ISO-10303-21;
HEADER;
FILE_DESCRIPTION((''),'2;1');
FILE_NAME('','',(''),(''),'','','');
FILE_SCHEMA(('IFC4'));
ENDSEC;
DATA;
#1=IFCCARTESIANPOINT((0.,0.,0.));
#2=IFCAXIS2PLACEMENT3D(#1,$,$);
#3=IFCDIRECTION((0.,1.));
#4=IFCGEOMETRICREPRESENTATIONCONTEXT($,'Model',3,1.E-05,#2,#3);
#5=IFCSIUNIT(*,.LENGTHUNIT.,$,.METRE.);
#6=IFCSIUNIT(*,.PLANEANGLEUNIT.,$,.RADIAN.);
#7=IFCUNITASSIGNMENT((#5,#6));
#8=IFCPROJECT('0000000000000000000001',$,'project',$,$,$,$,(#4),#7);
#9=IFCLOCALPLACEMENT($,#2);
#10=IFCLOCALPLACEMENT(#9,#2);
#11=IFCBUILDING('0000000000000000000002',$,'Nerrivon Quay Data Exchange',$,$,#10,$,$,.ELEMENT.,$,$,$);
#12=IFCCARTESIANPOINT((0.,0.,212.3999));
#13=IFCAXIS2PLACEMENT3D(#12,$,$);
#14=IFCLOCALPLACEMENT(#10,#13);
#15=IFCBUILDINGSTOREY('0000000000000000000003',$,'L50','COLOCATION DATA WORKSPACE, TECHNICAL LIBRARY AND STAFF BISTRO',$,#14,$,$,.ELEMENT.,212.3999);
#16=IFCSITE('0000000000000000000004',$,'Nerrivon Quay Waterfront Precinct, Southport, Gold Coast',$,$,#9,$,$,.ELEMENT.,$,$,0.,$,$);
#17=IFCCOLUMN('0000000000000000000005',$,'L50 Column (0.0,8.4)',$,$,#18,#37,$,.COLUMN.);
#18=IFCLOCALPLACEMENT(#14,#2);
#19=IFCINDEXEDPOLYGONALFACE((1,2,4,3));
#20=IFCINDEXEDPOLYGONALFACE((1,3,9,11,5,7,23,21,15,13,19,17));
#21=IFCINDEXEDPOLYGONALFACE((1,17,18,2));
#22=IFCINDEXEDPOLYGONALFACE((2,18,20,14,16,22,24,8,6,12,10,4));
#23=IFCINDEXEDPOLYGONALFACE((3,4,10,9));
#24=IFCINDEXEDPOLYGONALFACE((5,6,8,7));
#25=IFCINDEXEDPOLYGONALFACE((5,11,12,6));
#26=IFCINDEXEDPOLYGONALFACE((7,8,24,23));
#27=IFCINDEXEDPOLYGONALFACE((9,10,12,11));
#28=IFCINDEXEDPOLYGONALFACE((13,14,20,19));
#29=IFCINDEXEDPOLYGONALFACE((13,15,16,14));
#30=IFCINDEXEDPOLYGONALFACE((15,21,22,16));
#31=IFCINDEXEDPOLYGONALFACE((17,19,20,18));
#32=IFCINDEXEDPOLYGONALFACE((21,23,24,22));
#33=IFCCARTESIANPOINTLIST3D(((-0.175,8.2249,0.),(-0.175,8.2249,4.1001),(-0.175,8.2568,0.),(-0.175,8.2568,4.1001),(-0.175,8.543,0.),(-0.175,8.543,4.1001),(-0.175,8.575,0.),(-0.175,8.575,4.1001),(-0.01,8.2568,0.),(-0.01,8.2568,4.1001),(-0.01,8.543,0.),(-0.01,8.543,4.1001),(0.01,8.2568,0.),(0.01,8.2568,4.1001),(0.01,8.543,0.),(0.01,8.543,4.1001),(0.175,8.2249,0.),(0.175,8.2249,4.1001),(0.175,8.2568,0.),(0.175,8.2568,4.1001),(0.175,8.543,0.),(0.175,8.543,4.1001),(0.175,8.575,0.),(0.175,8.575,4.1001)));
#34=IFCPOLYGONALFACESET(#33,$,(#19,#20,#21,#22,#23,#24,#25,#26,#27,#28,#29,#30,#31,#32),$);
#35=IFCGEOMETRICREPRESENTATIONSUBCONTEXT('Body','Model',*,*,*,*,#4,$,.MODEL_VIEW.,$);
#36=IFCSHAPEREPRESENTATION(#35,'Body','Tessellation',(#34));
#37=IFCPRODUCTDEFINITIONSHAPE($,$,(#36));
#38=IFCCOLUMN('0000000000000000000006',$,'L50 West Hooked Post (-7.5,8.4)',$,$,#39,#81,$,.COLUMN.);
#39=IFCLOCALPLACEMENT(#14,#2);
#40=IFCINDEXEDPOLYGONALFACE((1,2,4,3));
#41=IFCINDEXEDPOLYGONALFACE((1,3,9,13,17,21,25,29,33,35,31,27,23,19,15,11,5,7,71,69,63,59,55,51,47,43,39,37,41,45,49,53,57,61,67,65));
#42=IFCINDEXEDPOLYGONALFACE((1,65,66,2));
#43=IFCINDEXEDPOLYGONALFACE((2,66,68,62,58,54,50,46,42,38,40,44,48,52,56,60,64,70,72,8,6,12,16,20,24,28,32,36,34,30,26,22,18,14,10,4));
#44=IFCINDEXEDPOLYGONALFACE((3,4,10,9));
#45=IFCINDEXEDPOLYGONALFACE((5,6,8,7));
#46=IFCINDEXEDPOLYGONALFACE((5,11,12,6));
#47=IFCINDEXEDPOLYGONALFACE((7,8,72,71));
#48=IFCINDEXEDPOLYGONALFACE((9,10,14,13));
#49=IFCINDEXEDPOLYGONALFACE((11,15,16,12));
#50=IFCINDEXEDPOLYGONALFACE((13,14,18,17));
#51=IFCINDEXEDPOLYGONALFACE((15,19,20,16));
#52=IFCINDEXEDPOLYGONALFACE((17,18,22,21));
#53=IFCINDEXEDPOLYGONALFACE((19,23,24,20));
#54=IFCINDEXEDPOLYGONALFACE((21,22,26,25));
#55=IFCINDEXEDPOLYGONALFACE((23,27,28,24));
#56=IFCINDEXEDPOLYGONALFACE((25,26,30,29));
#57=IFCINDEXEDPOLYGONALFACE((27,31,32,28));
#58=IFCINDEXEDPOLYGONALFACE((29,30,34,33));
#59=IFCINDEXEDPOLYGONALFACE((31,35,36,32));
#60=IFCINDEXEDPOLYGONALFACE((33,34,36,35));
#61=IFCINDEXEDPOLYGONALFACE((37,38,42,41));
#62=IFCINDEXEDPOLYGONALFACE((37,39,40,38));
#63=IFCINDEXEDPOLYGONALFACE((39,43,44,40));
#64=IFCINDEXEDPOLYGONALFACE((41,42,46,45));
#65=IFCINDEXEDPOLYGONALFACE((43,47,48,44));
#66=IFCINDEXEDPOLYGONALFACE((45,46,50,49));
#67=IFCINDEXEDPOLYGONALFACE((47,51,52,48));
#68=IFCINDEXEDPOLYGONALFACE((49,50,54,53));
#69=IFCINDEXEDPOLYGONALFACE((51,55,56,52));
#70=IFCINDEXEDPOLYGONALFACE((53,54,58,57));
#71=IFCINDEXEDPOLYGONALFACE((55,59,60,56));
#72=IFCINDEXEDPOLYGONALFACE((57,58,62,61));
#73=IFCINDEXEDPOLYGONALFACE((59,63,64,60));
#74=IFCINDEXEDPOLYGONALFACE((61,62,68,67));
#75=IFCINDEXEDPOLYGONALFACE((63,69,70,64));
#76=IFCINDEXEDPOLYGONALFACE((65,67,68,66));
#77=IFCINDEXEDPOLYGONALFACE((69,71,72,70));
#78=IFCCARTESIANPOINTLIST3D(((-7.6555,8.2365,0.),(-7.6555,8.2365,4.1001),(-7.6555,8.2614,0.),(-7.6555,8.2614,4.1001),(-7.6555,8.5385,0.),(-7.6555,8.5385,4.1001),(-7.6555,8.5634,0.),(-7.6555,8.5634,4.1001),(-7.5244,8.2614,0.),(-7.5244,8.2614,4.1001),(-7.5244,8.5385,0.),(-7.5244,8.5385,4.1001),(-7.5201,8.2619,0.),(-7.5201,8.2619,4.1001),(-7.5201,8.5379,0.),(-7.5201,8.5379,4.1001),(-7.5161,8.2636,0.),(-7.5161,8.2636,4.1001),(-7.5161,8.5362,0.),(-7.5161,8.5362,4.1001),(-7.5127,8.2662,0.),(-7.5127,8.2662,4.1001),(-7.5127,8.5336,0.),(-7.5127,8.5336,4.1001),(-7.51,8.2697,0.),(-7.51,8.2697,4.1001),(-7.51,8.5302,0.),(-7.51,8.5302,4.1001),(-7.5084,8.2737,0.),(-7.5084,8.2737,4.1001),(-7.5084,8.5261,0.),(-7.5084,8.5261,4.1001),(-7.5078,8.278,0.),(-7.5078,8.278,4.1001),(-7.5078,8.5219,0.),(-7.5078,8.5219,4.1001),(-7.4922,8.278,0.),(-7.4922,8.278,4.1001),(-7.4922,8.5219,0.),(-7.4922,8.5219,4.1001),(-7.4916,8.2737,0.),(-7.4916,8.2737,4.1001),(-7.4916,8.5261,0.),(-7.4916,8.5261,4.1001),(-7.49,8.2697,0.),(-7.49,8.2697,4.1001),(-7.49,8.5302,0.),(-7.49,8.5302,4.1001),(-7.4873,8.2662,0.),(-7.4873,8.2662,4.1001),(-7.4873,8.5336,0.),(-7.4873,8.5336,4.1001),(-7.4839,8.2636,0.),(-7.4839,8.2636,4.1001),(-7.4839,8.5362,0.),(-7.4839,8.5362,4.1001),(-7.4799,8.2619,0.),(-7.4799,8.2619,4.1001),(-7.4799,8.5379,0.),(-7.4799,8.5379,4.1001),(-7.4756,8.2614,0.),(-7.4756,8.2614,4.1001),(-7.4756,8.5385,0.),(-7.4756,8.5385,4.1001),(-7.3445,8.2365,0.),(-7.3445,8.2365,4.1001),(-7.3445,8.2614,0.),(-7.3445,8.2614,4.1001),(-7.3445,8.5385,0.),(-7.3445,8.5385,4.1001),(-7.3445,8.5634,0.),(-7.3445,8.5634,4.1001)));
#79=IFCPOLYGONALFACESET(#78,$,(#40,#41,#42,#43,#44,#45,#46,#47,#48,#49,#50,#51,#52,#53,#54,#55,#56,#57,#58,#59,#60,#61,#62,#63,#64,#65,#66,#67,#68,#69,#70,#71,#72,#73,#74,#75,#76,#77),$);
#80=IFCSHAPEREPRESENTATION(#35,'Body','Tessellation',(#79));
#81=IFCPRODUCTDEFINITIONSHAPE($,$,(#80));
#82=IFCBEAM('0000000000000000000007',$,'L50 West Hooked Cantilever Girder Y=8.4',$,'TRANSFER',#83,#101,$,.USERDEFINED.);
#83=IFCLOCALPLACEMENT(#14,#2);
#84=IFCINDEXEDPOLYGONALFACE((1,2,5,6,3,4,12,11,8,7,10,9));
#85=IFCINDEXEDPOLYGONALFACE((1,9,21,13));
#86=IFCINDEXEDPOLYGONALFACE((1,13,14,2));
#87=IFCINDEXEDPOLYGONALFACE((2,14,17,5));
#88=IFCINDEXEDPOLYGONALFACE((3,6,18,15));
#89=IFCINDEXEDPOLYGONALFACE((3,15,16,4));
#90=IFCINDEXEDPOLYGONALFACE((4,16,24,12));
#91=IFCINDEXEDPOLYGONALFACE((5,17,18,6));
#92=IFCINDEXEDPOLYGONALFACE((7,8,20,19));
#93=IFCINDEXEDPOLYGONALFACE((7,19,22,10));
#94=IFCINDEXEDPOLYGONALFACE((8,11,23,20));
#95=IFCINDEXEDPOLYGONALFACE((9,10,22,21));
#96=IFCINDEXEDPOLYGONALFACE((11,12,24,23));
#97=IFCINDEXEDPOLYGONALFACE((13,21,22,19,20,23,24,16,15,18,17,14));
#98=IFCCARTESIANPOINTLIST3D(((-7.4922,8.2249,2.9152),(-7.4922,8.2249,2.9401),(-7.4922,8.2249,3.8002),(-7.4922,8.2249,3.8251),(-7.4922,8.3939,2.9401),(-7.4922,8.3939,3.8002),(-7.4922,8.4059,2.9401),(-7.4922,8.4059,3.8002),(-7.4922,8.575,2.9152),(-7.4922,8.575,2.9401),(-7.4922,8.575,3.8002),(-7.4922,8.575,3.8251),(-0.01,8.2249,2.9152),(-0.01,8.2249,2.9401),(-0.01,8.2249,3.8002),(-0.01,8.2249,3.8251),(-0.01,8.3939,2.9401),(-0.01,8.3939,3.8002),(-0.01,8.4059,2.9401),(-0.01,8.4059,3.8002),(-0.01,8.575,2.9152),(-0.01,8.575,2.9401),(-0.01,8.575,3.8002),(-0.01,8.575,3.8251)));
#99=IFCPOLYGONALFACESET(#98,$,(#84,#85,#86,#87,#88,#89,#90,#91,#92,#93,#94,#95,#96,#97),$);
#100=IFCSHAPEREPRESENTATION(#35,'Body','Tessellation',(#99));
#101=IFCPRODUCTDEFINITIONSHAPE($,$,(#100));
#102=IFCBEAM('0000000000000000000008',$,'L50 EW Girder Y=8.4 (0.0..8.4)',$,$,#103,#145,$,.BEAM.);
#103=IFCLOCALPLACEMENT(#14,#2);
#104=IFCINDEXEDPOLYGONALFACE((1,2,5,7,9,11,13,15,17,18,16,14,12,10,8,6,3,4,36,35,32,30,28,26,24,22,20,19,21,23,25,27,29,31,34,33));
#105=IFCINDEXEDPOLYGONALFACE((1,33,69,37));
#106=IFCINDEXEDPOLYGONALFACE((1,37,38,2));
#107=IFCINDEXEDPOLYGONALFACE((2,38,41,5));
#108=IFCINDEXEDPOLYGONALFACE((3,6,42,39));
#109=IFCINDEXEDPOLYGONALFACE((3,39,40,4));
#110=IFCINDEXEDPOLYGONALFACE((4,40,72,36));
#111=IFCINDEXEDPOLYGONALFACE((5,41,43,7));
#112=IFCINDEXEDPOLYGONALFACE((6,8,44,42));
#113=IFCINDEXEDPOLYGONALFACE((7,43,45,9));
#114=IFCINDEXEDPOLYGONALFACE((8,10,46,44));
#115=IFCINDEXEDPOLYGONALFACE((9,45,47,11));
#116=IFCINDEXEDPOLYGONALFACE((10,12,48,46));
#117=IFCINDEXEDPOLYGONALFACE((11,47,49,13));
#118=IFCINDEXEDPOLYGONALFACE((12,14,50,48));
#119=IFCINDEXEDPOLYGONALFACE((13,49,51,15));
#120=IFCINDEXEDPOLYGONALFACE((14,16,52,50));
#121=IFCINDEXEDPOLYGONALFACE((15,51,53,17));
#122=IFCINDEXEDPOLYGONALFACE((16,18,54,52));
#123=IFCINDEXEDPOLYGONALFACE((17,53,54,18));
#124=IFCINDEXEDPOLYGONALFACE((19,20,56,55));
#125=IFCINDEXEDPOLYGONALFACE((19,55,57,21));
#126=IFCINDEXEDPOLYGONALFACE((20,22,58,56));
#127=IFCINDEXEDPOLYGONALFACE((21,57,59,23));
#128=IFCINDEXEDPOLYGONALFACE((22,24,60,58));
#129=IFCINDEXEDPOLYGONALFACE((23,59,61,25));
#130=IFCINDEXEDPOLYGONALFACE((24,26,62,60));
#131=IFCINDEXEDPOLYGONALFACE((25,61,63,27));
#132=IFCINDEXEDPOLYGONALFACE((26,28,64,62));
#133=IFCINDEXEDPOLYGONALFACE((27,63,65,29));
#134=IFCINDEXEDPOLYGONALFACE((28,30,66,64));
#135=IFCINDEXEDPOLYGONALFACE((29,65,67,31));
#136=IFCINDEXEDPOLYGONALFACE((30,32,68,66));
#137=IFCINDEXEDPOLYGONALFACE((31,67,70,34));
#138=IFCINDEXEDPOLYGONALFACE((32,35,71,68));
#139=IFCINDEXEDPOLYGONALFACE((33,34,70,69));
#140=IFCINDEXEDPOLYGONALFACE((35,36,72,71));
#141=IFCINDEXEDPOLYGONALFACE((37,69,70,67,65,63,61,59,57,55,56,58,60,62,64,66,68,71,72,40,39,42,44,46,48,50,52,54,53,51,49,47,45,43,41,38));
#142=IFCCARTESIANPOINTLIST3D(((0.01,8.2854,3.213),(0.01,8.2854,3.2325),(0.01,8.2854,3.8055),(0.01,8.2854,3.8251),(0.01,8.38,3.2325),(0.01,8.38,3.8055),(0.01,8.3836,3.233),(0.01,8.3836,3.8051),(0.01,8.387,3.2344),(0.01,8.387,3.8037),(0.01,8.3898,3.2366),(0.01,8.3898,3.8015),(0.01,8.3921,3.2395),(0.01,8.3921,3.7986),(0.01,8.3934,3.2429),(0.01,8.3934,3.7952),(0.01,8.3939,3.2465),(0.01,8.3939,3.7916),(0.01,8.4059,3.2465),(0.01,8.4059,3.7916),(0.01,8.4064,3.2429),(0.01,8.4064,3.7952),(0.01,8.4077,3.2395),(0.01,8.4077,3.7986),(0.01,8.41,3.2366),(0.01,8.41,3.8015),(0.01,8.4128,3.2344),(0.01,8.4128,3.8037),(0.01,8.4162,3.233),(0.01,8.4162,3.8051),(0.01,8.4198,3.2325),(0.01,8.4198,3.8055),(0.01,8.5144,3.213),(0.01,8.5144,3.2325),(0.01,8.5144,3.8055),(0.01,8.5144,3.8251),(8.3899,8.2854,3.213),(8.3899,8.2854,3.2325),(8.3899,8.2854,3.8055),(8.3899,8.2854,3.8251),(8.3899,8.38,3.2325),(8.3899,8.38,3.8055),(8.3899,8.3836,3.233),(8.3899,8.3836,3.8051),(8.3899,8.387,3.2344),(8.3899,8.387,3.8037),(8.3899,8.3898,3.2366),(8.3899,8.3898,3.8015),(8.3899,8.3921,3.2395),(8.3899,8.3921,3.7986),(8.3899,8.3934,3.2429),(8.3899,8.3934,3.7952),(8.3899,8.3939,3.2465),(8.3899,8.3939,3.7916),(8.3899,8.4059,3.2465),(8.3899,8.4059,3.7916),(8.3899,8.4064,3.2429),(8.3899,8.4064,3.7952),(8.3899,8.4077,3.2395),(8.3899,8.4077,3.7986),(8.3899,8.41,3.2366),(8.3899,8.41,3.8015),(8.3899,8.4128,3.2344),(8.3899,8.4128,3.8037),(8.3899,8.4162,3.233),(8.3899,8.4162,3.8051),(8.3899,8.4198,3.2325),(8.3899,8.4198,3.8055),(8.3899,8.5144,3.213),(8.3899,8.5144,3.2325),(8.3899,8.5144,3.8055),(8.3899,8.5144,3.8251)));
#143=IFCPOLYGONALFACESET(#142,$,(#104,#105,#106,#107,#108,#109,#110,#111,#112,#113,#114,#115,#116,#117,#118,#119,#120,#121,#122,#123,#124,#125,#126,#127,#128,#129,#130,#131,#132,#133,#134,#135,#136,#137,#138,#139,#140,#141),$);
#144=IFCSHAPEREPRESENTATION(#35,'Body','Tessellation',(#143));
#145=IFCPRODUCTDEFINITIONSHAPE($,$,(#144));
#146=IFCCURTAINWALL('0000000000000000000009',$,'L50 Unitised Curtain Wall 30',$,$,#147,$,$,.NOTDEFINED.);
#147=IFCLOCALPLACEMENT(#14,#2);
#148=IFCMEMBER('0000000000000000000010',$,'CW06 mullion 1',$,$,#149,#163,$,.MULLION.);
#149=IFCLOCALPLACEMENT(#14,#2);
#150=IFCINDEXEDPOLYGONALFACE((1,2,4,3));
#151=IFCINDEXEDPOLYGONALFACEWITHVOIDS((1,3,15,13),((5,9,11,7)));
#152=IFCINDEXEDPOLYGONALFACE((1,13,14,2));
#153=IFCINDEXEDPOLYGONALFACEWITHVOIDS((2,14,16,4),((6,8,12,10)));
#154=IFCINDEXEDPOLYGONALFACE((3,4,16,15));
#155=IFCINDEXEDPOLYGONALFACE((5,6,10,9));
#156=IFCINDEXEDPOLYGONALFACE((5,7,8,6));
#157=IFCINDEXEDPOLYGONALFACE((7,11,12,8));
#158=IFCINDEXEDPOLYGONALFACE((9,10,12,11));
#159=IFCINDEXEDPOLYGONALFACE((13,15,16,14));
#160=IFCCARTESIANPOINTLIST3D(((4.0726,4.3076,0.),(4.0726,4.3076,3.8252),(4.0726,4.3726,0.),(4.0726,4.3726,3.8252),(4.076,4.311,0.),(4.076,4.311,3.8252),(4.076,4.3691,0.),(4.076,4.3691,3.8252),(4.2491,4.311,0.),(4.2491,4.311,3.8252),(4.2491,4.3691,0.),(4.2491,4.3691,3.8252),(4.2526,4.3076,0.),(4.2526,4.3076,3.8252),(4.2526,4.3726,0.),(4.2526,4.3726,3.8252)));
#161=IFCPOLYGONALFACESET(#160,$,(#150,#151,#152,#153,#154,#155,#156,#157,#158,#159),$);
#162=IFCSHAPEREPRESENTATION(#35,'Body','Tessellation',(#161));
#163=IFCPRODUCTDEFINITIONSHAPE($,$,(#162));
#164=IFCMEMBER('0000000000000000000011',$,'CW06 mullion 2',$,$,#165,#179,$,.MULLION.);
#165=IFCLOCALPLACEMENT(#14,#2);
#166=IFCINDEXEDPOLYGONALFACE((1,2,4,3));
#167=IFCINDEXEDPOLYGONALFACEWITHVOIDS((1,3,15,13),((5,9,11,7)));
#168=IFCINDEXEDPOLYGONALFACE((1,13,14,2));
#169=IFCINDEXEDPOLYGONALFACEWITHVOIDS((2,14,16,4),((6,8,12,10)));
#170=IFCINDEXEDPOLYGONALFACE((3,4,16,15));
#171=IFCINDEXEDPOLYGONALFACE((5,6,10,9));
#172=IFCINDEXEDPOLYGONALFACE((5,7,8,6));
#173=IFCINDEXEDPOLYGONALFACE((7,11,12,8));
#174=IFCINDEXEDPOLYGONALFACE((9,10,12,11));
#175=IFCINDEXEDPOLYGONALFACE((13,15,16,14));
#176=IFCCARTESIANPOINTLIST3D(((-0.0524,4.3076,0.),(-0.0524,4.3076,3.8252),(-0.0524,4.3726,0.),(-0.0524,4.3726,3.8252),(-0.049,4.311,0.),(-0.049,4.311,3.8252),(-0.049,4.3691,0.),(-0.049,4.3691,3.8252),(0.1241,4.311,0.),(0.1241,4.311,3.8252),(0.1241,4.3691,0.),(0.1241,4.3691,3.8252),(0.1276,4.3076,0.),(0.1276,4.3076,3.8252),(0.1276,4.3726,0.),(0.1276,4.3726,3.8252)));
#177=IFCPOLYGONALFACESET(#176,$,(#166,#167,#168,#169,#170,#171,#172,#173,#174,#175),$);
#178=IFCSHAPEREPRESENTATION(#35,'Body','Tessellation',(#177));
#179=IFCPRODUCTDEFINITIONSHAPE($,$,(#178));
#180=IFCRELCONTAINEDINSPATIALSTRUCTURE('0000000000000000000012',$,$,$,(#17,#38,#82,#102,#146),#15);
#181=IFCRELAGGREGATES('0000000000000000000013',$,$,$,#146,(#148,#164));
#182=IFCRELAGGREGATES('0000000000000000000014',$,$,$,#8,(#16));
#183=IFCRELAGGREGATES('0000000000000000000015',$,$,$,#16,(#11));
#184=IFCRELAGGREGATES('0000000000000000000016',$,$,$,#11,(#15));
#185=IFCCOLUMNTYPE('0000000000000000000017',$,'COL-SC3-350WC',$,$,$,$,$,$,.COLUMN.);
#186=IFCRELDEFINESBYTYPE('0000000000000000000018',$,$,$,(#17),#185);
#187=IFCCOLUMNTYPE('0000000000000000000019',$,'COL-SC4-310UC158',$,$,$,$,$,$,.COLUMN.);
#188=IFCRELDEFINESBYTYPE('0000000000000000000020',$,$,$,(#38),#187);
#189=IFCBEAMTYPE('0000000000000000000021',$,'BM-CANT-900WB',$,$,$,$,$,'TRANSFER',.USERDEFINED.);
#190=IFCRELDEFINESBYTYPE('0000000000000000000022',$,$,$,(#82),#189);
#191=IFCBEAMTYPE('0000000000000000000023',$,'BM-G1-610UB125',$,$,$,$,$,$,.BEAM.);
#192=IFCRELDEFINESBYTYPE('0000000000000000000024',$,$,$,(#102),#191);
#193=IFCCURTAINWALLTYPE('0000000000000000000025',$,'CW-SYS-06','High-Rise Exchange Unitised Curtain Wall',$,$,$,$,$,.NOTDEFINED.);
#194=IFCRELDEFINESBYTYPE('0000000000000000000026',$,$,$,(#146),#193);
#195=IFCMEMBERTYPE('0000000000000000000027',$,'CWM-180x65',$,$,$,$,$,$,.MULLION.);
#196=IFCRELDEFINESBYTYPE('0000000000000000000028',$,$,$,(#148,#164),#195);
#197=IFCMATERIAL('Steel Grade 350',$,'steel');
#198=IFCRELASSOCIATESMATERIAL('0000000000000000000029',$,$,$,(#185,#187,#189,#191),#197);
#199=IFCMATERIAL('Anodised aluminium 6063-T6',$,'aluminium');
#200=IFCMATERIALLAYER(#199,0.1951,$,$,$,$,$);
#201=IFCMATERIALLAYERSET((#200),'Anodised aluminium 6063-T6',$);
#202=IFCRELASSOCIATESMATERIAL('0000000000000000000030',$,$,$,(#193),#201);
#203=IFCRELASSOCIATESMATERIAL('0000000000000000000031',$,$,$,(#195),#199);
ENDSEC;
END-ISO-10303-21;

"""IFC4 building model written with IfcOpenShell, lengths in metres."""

from ifc_helpers import new_model, si_unit, direction, frame, origin, origin_2d, place, context, subcontext, project, spatial, hollow_rectangle, i_section, extrude, material, layer, layer_set, material_profile, profile_set, type_object, element, aggregate, save


model = new_model("IFC4")

# Units and contexts
model_context = context("Model", 3, precision=1e-05, world=origin(), true_north=direction((0.0, 1.0)))
body_context = subcontext(model_context, "Body", "Model", "MODEL_VIEW")
ifc_project = project(units=[si_unit("LENGTHUNIT", "METRE"), si_unit("PLANEANGLEUNIT", "RADIAN")], contexts=[model_context])

# Site, building, storey
site_placement = place(None, origin())
site = spatial("IfcSite", under=ifc_project, at=site_placement, Name="Nerrivon Quay Waterfront Precinct, Southport, Gold Coast", CompositionType="ELEMENT", RefElevation=0.0)
building_placement = place(site_placement, origin())
building = spatial("IfcBuilding", under=site, at=building_placement, Name="Nerrivon Quay Data Exchange", CompositionType="ELEMENT")
storey_placement = place(building_placement, frame((0.0, 0.0, 212.3999)))
storey = spatial("IfcBuildingStorey", under=building, at=storey_placement, Name="L50", Description="COLOCATION DATA WORKSPACE, TECHNICAL LIBRARY AND STAFF BISTRO", CompositionType="ELEMENT", Elevation=212.3999)

# Columns
ifc_material_1 = material(Name="Steel Grade 350", Category="steel")
ifc_material_profile_1 = material_profile(ifc_material_1, i_section(OverallWidth=0.3501, OverallDepth=0.3501, WebThickness=0.02, FlangeThickness=0.032, at=origin_2d()), Name="350WC230")
ifc_profile_set_1 = profile_set([ifc_material_profile_1], Name="Steel Grade 350")
column_type_1 = type_object("IfcColumnType", Name="COL-SC3-350WC", PredefinedType="COLUMN", material=ifc_profile_set_1)
column_1_placement = place(storey_placement, frame((0.0, 8.3999, 0.0), z_axis=(0.0, 0.0, 1.0), x_axis=(1.0, 0.0, 0.0)))
element("IfcColumn", 1, at=column_1_placement, inside=storey, type_object=column_type_1, Name="L50 Column (0.0,8.4)", PredefinedType="COLUMN", context=body_context, shape_type="SweptSolid", body=[
    extrude(i_section(OverallWidth=0.3501, OverallDepth=0.3501, WebThickness=0.02, FlangeThickness=0.032, at=origin_2d()), origin(), (0.0, 0.0, 1.0), 4.1001),
])
ifc_material_profile_2 = material_profile(ifc_material_1, i_section(OverallWidth=0.311, OverallDepth=0.3269, WebThickness=0.0156, FlangeThickness=0.0249, FilletRadius=0.0166, at=origin_2d()), Name="310UC158")
ifc_profile_set_2 = profile_set([ifc_material_profile_2], Name="Steel Grade 350")
column_type_2 = type_object("IfcColumnType", Name="COL-SC4-310UC158", PredefinedType="COLUMN", material=ifc_profile_set_2)
column_2_placement = place(storey_placement, frame((-7.5, 8.3999, 0.0), z_axis=(0.0, 0.0, 1.0), x_axis=(1.0, 0.0, 0.0)))
element("IfcColumn", 2, at=column_2_placement, inside=storey, type_object=column_type_2, Name="L50 West Hooked Post (-7.5,8.4)", PredefinedType="COLUMN", context=body_context, shape_type="SweptSolid", body=[
    extrude(i_section(OverallWidth=0.311, OverallDepth=0.3269, WebThickness=0.0156, FlangeThickness=0.0249, FilletRadius=0.0166, at=origin_2d()), origin(), (0.0, 0.0, 1.0), 4.1001),
])

# Beams
ifc_material_profile_3 = material_profile(ifc_material_1, i_section(OverallWidth=0.3501, OverallDepth=0.9099, WebThickness=0.012, FlangeThickness=0.0249, at=origin_2d()), Name="900WB218")
ifc_profile_set_3 = profile_set([ifc_material_profile_3], Name="Steel Grade 350")
beam_type_1 = type_object("IfcBeamType", Name="BM-CANT-900WB", ElementType="TRANSFER", PredefinedType="USERDEFINED", material=ifc_profile_set_3)
beam_1_placement = place(storey_placement, frame((-0.01, 8.3999, 3.3701), z_axis=(-1.0, 0.0, 0.0), x_axis=(0.0, -1.0, 0.0)))
element("IfcBeam", 3, at=beam_1_placement, inside=storey, type_object=beam_type_1, Name="L50 West Hooked Cantilever Girder Y=8.4", ObjectType="TRANSFER", PredefinedType="USERDEFINED", context=body_context, shape_type="SweptSolid", body=[
    extrude(i_section(OverallWidth=0.3501, OverallDepth=0.9099, WebThickness=0.012, FlangeThickness=0.0249, at=origin_2d()), origin(), (0.0, 0.0, 1.0), 7.4822),
])
ifc_material_profile_4 = material_profile(ifc_material_1, i_section(OverallWidth=0.229, OverallDepth=0.6121, WebThickness=0.012, FlangeThickness=0.0195, FilletRadius=0.0139, at=origin_2d()), Name="610UB125")
ifc_profile_set_4 = profile_set([ifc_material_profile_4], Name="Steel Grade 350")
beam_type_2 = type_object("IfcBeamType", Name="BM-G1-610UB125", PredefinedType="BEAM", material=ifc_profile_set_4)
beam_2_placement = place(storey_placement, frame((0.01, 8.3999, 3.519), z_axis=(1.0, 0.0, 0.0), x_axis=(0.0, 1.0, 0.0)))
element("IfcBeam", 4, at=beam_2_placement, inside=storey, type_object=beam_type_2, Name="L50 EW Girder Y=8.4 (0.0..8.4)", PredefinedType="BEAM", context=body_context, shape_type="SweptSolid", body=[
    extrude(i_section(OverallWidth=0.229, OverallDepth=0.6121, WebThickness=0.012, FlangeThickness=0.0195, FilletRadius=0.0139, at=origin_2d()), origin(), (0.0, 0.0, 1.0), 8.3799),
])

# Curtain wall, members
ifc_material_2 = material(Name="Anodised aluminium 6063-T6", Category="aluminium")
ifc_layer_1 = layer(ifc_material_2, 0.1951)
ifc_layer_set_1 = layer_set([ifc_layer_1], Name="Anodised aluminium 6063-T6")
curtain_wall_type_1 = type_object("IfcCurtainWallType", Name="CW-SYS-06", Description="High-Rise Exchange Unitised Curtain Wall", PredefinedType="NOTDEFINED", material=ifc_layer_set_1)
curtain_wall_1_placement = place(storey_placement, origin())
curtain_wall_1 = element("IfcCurtainWall", 5, at=curtain_wall_1_placement, inside=storey, type_object=curtain_wall_type_1, Name="L50 Unitised Curtain Wall 30", PredefinedType="NOTDEFINED")
ifc_material_profile_5 = material_profile(ifc_material_2, hollow_rectangle(XDim=0.0649, YDim=0.1799, WallThickness=0.0034, at=origin_2d()), Name="ALU-MULL-180x65")
ifc_profile_set_5 = profile_set([ifc_material_profile_5], Name="Anodised aluminium 6063-T6")
member_type_1 = type_object("IfcMemberType", Name="CWM-180x65", PredefinedType="MULLION", material=ifc_profile_set_5)
member_1_placement = place(storey_placement, frame((4.1626, 4.3401, 0.0), z_axis=(0.0, 0.0, 1.0), x_axis=(0.0, -1.0, 0.0)))
member_1 = element("IfcMember", 6, at=member_1_placement, type_object=member_type_1, Name="CW06 mullion 1", PredefinedType="MULLION", context=body_context, shape_type="SweptSolid", body=[
    extrude(hollow_rectangle(XDim=0.0649, YDim=0.1799, WallThickness=0.0034, at=origin_2d()), origin(), (0.0, 0.0, 1.0), 3.8252),
])
member_2_placement = place(storey_placement, frame((0.0376, 4.3401, 0.0), z_axis=(0.0, 0.0, 1.0), x_axis=(0.0, -1.0, 0.0)))
member_2 = element("IfcMember", 7, at=member_2_placement, type_object=member_type_1, Name="CW06 mullion 2", PredefinedType="MULLION", context=body_context, shape_type="SweptSolid", body=[
    extrude(hollow_rectangle(XDim=0.0649, YDim=0.1799, WallThickness=0.0034, at=origin_2d()), origin(), (0.0, 0.0, 1.0), 3.8252),
])

aggregate(curtain_wall_1, [member_1, member_2])

save(model, "model.ifc")
